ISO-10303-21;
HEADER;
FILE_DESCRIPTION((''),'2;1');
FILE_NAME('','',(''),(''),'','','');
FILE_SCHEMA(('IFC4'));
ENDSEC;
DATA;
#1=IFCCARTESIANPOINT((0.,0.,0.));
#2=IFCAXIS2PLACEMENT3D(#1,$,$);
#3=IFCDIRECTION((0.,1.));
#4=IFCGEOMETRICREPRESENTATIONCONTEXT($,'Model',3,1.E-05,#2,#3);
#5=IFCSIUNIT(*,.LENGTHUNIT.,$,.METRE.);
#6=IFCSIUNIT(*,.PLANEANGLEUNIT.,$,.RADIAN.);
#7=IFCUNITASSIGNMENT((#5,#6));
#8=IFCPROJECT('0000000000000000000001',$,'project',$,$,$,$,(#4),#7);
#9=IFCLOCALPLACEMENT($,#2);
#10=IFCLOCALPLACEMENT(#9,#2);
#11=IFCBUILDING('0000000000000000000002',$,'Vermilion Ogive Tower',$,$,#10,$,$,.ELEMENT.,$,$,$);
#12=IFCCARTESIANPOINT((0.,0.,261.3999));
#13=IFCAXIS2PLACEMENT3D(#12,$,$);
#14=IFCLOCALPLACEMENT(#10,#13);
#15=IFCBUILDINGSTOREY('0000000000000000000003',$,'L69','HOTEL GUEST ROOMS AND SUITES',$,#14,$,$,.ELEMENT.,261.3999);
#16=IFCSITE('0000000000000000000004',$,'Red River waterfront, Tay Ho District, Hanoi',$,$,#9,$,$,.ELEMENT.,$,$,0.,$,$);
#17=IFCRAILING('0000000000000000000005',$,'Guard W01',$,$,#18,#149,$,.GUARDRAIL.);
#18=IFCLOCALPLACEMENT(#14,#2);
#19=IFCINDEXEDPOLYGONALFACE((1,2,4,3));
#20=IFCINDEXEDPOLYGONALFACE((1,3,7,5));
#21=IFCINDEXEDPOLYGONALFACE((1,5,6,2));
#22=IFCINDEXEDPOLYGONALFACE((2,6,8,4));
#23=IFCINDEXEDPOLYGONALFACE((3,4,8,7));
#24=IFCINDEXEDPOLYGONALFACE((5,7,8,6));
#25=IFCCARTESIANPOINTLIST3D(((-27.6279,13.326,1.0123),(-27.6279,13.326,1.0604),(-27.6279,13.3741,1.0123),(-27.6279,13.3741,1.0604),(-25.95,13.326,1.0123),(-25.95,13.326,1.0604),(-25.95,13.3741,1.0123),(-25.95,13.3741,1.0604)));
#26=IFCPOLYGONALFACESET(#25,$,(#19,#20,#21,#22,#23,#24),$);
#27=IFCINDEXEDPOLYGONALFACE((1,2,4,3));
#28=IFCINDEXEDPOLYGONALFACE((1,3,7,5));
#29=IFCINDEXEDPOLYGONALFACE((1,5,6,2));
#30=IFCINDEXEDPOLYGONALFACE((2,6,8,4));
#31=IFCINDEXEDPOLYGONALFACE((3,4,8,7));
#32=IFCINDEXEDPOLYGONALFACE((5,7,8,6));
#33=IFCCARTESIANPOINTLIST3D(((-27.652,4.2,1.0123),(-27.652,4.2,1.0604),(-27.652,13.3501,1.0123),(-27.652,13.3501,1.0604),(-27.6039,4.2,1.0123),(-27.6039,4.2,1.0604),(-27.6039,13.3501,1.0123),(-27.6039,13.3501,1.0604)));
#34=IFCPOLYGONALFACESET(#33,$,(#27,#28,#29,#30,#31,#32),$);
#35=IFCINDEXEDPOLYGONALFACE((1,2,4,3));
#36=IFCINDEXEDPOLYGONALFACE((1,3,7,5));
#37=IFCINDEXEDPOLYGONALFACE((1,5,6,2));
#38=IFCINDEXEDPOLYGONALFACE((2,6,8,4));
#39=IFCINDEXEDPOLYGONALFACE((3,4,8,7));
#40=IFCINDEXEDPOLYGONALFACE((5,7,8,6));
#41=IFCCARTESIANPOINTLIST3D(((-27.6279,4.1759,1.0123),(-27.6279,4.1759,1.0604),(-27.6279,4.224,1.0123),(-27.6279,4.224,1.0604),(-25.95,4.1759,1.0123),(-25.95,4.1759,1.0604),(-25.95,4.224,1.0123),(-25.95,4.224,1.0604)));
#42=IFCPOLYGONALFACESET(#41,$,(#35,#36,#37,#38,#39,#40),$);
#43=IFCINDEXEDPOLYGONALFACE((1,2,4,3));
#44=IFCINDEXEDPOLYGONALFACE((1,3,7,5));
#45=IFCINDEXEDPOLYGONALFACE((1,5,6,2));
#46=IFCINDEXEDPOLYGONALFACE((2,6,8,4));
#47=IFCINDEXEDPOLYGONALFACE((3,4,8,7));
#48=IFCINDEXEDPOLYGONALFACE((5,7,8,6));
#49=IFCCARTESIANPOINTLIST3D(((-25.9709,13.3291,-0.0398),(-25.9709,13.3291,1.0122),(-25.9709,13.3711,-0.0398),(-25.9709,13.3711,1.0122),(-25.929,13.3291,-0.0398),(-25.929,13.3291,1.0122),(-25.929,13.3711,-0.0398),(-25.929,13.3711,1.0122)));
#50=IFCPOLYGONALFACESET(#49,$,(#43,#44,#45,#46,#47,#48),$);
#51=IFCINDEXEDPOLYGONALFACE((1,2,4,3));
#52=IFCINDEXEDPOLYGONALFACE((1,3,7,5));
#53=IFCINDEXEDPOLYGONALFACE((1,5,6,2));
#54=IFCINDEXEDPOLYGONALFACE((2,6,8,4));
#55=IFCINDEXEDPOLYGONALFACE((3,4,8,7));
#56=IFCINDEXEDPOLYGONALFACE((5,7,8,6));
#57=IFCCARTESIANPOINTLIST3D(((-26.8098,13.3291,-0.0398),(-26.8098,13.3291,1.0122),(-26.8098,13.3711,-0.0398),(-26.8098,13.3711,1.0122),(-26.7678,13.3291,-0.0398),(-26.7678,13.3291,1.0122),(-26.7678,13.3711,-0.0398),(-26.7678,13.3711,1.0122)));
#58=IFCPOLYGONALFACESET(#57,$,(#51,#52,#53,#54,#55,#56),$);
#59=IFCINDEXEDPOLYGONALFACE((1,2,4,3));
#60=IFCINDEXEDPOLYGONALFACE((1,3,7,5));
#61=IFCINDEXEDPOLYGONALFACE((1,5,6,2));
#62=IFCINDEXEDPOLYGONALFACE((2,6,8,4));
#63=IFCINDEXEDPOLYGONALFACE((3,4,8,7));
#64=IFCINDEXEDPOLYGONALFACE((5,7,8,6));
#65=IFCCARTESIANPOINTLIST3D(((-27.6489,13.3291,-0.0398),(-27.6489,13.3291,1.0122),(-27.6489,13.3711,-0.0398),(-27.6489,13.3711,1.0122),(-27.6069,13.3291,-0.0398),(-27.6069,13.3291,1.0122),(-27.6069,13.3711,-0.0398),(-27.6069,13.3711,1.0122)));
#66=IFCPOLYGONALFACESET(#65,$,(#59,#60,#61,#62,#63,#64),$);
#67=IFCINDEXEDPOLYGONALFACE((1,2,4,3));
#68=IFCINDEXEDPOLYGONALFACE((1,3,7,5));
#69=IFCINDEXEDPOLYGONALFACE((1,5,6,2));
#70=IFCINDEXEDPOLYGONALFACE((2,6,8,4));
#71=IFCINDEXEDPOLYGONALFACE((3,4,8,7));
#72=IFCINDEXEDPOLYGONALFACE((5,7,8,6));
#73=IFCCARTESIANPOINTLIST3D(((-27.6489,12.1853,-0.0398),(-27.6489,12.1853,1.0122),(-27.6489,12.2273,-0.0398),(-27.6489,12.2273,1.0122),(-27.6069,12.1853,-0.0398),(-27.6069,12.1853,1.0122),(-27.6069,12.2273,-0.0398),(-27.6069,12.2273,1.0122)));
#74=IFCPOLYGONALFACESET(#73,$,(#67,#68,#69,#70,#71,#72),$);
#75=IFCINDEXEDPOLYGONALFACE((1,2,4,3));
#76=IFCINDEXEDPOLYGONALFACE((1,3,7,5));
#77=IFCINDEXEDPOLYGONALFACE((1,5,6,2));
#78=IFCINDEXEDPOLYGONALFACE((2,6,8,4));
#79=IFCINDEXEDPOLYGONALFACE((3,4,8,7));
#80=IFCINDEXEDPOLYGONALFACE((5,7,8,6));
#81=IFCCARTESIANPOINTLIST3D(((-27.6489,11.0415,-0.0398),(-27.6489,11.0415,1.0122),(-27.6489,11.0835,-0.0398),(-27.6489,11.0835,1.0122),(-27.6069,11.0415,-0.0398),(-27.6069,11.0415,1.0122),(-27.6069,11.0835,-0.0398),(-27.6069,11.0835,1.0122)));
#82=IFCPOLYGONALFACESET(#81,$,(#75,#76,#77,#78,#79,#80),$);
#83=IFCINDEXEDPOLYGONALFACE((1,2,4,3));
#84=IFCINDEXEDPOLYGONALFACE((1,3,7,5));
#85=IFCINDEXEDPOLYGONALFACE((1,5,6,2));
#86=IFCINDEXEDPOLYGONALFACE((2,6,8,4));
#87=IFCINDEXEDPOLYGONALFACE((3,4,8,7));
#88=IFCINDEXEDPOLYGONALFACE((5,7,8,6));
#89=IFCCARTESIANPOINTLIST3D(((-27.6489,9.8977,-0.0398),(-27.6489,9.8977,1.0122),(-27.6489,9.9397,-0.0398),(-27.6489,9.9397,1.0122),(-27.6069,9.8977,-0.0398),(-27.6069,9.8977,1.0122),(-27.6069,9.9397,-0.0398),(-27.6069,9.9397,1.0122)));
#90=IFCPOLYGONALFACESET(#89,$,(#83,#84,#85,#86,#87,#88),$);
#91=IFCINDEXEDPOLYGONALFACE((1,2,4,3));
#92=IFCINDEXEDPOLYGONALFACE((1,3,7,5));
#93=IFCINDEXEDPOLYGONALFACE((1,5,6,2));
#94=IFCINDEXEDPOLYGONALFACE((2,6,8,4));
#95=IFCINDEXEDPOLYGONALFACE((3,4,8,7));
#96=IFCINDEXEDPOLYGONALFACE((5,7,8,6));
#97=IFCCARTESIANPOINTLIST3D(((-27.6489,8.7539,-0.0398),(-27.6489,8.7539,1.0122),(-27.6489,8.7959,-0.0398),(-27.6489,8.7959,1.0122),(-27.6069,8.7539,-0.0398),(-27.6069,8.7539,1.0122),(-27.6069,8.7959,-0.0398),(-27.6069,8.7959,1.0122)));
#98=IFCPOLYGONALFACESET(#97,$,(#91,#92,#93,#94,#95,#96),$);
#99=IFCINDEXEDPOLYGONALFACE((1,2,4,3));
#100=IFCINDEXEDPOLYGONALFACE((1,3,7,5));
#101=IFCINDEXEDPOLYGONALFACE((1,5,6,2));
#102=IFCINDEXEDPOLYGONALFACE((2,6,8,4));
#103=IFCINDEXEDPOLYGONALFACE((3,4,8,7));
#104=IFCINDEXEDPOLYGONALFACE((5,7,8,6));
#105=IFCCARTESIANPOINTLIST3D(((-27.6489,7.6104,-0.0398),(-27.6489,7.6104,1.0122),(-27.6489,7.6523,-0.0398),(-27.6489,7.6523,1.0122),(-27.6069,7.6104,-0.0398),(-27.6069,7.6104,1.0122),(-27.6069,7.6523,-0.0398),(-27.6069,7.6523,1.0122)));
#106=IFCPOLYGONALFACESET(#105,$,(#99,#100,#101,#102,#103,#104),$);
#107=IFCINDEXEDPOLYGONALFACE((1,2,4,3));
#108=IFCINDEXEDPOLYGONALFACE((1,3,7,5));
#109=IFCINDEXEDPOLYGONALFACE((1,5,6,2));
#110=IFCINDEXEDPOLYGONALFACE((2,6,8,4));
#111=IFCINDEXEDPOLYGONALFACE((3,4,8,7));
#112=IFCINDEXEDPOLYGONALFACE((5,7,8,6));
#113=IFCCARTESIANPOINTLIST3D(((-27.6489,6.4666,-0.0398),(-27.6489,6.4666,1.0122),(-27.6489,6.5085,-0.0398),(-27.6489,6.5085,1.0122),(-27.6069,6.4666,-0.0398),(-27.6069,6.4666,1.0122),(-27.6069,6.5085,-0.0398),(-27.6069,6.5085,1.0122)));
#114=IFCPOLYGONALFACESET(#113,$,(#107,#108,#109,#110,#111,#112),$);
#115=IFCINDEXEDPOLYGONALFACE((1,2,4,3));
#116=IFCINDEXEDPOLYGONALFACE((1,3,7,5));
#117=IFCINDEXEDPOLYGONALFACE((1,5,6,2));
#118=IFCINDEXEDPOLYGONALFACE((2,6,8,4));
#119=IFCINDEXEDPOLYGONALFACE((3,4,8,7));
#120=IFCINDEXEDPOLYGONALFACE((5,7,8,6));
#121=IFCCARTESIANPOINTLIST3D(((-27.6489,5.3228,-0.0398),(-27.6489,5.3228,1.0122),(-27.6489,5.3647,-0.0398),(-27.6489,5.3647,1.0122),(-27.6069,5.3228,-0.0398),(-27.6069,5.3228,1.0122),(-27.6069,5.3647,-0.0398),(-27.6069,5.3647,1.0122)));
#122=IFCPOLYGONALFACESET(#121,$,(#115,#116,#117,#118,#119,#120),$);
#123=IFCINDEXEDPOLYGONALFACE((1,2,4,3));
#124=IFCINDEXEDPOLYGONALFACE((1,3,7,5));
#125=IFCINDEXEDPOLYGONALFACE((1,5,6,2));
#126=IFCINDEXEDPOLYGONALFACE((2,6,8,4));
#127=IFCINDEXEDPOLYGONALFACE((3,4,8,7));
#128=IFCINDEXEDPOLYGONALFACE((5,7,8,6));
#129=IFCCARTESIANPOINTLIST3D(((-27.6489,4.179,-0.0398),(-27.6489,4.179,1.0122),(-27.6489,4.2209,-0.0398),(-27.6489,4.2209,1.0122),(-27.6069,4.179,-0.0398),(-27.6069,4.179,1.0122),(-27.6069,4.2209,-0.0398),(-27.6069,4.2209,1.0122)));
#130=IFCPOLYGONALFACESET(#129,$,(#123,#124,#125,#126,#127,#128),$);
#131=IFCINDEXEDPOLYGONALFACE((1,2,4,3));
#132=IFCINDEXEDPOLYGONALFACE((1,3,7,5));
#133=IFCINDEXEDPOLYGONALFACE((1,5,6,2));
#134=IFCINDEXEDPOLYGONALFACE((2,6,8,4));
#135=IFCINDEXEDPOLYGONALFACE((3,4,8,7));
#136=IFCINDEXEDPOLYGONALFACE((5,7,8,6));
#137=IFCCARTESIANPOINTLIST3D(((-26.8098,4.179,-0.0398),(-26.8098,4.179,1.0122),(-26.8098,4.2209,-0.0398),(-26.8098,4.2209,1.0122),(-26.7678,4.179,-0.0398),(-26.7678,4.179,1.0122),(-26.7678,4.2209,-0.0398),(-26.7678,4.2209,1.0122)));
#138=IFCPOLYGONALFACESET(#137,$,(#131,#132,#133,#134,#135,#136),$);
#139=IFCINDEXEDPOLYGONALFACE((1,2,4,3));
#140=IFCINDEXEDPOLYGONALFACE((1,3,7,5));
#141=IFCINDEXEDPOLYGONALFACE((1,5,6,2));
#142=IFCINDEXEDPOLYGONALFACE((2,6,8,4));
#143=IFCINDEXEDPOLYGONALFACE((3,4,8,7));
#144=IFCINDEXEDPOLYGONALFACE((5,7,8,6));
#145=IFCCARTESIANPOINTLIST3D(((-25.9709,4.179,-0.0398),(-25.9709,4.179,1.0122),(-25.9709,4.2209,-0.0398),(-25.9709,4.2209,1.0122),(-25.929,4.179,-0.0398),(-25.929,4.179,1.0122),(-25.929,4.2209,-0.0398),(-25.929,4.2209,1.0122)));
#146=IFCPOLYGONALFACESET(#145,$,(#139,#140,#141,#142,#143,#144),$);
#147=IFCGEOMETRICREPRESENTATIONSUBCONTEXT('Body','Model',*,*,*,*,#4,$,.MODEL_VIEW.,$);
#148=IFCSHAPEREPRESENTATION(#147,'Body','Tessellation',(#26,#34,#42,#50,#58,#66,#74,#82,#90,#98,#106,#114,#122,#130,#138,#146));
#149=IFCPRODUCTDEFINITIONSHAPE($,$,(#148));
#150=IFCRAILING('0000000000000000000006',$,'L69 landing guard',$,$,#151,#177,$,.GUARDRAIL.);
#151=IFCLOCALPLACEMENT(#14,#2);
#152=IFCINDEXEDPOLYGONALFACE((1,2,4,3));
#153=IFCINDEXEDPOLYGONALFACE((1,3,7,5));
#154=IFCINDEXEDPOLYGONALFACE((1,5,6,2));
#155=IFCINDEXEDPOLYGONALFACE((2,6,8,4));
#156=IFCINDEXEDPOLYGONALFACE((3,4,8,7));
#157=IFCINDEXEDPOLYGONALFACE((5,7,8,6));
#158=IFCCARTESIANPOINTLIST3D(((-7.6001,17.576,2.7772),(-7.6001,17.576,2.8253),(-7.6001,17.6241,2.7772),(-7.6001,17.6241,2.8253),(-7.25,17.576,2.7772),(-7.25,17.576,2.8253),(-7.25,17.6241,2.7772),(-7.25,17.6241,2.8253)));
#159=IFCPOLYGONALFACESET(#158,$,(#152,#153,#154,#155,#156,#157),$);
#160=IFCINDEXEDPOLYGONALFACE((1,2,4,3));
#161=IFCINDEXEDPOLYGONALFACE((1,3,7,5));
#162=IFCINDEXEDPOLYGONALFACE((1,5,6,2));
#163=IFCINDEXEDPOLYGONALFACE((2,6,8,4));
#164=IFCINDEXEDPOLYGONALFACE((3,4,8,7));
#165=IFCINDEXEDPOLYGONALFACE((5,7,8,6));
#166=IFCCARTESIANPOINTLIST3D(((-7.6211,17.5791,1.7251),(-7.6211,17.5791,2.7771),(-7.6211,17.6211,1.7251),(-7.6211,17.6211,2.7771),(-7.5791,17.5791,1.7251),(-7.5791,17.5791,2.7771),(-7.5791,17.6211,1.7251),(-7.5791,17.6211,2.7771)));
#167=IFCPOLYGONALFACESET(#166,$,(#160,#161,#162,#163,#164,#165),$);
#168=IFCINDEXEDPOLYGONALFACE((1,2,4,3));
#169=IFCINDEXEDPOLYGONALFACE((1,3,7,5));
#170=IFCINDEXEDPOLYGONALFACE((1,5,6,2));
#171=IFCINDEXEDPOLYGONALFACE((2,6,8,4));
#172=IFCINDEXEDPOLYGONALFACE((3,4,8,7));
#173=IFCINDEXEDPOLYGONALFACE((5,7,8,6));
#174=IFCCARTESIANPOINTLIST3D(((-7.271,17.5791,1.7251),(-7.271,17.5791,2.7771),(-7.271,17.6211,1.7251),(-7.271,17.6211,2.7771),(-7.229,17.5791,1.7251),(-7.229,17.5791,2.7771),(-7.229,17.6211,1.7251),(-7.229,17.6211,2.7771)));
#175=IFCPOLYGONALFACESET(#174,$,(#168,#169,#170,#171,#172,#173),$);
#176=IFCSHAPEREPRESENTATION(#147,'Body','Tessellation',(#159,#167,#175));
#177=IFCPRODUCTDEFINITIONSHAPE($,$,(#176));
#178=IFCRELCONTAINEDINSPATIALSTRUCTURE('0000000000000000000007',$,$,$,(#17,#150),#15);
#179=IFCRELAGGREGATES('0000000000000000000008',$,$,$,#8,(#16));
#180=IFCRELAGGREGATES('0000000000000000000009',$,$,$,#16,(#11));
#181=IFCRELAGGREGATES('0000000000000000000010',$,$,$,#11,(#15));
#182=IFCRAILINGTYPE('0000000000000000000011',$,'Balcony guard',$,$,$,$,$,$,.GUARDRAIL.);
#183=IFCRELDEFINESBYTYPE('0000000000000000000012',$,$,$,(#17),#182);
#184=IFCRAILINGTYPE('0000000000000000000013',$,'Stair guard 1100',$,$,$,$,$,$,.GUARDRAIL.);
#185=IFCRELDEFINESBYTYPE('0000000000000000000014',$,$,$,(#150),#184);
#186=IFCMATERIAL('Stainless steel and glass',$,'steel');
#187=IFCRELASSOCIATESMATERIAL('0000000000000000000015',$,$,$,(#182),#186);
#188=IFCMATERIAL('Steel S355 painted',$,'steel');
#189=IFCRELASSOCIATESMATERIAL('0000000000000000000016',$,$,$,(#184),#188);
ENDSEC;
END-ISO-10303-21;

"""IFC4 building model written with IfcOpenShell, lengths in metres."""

from ifc_helpers import new_model, si_unit, direction, frame, origin, origin_2d, place, context, subcontext, project, spatial, rectangle, extrude, material, type_object, element, save


model = new_model("IFC4")

# Units and contexts
model_context = context("Model", 3, precision=1e-05, world=origin(), true_north=direction((0.0, 1.0)))
body_context = subcontext(model_context, "Body", "Model", "MODEL_VIEW")
ifc_project = project(units=[si_unit("LENGTHUNIT", "METRE"), si_unit("PLANEANGLEUNIT", "RADIAN")], contexts=[model_context])

# Site, building, storey
site_placement = place(None, origin())
site = spatial("IfcSite", under=ifc_project, at=site_placement, Name="Red River waterfront, Tay Ho District, Hanoi", CompositionType="ELEMENT", RefElevation=0.0)
building_placement = place(site_placement, origin())
building = spatial("IfcBuilding", under=site, at=building_placement, Name="Vermilion Ogive Tower", CompositionType="ELEMENT")
storey_placement = place(building_placement, frame((0.0, 0.0, 261.3999)))
storey = spatial("IfcBuildingStorey", under=building, at=storey_placement, Name="L69", Description="HOTEL GUEST ROOMS AND SUITES", CompositionType="ELEMENT", Elevation=261.3999)

# Railings
ifc_material_1 = material(Name="Stainless steel and glass", Category="steel")
railing_type_1 = type_object("IfcRailingType", Name="Balcony guard", PredefinedType="GUARDRAIL", material=ifc_material_1)
railing_1_placement = place(storey_placement, frame((-25.95, 13.3501, -0.0398)))
element("IfcRailing", 1, at=railing_1_placement, inside=storey, type_object=railing_type_1, Name="Guard W01", PredefinedType="GUARDRAIL", context=body_context, shape_type="SweptSolid", body=[
    extrude(rectangle(XDim=0.0481, YDim=0.0481, at=origin_2d()), frame((0.0, 0.0, 1.0762), z_axis=(-1.0, 0.0, 0.0), x_axis=(0.0, -1.0, 0.0)), (0.0, 0.0, 1.0), 1.678),
    extrude(rectangle(XDim=0.0481, YDim=0.0481, at=origin_2d()), frame((-1.678, 0.0, 1.0762), z_axis=(0.0, -1.0, 0.0), x_axis=(1.0, 0.0, 0.0)), (0.0, 0.0, 1.0), 9.1501),
    extrude(rectangle(XDim=0.0481, YDim=0.0481, at=origin_2d()), frame((-1.678, -9.1501, 1.0762), z_axis=(1.0, 0.0, 0.0), x_axis=(0.0, 1.0, 0.0)), (0.0, 0.0, 1.0), 1.678),
    extrude(rectangle(XDim=0.042, YDim=0.042, at=origin_2d()), origin(), (0.0, 0.0, 1.0), 1.052),
    extrude(rectangle(XDim=0.042, YDim=0.042, at=origin_2d()), frame((-0.8389, 0.0, 0.0)), (0.0, 0.0, 1.0), 1.052),
    extrude(rectangle(XDim=0.042, YDim=0.042, at=origin_2d()), frame((-1.678, 0.0, 0.0)), (0.0, 0.0, 1.0), 1.052),
    extrude(rectangle(XDim=0.042, YDim=0.042, at=origin_2d()), frame((-1.678, -1.1438, 0.0)), (0.0, 0.0, 1.0), 1.052),
    extrude(rectangle(XDim=0.042, YDim=0.042, at=origin_2d()), frame((-1.678, -2.2876, 0.0)), (0.0, 0.0, 1.0), 1.052),
    extrude(rectangle(XDim=0.042, YDim=0.042, at=origin_2d()), frame((-1.678, -3.4314, 0.0)), (0.0, 0.0, 1.0), 1.052),
    extrude(rectangle(XDim=0.042, YDim=0.042, at=origin_2d()), frame((-1.678, -4.5752, 0.0)), (0.0, 0.0, 1.0), 1.052),
    extrude(rectangle(XDim=0.042, YDim=0.042, at=origin_2d()), frame((-1.678, -5.7188, 0.0)), (0.0, 0.0, 1.0), 1.052),
    extrude(rectangle(XDim=0.042, YDim=0.042, at=origin_2d()), frame((-1.678, -6.8625, 0.0)), (0.0, 0.0, 1.0), 1.052),
    extrude(rectangle(XDim=0.042, YDim=0.042, at=origin_2d()), frame((-1.678, -8.0063, 0.0)), (0.0, 0.0, 1.0), 1.052),
    extrude(rectangle(XDim=0.042, YDim=0.042, at=origin_2d()), frame((-1.678, -9.1501, 0.0)), (0.0, 0.0, 1.0), 1.052),
    extrude(rectangle(XDim=0.042, YDim=0.042, at=origin_2d()), frame((-0.8389, -9.1501, 0.0)), (0.0, 0.0, 1.0), 1.052),
    extrude(rectangle(XDim=0.042, YDim=0.042, at=origin_2d()), frame((0.0, -9.1501, 0.0)), (0.0, 0.0, 1.0), 1.052),
])
ifc_material_2 = material(Name="Steel S355 painted", Category="steel")
railing_type_2 = type_object("IfcRailingType", Name="Stair guard 1100", PredefinedType="GUARDRAIL", material=ifc_material_2)
railing_2_placement = place(storey_placement, frame((-7.6001, 17.6001, 1.7251)))
element("IfcRailing", 2, at=railing_2_placement, inside=storey, type_object=railing_type_2, Name="L69 landing guard", PredefinedType="GUARDRAIL", context=body_context, shape_type="SweptSolid", body=[
    extrude(rectangle(XDim=0.0481, YDim=0.0481, at=origin_2d()), frame((0.0, 0.0, 1.0762), z_axis=(1.0, 0.0, 0.0), x_axis=(0.0, 1.0, 0.0)), (0.0, 0.0, 1.0), 0.3501),
    extrude(rectangle(XDim=0.042, YDim=0.042, at=origin_2d()), origin(), (0.0, 0.0, 1.0), 1.052),
    extrude(rectangle(XDim=0.042, YDim=0.042, at=origin_2d()), frame((0.3501, 0.0, 0.0)), (0.0, 0.0, 1.0), 1.052),
])

save(model, "model.ifc")
